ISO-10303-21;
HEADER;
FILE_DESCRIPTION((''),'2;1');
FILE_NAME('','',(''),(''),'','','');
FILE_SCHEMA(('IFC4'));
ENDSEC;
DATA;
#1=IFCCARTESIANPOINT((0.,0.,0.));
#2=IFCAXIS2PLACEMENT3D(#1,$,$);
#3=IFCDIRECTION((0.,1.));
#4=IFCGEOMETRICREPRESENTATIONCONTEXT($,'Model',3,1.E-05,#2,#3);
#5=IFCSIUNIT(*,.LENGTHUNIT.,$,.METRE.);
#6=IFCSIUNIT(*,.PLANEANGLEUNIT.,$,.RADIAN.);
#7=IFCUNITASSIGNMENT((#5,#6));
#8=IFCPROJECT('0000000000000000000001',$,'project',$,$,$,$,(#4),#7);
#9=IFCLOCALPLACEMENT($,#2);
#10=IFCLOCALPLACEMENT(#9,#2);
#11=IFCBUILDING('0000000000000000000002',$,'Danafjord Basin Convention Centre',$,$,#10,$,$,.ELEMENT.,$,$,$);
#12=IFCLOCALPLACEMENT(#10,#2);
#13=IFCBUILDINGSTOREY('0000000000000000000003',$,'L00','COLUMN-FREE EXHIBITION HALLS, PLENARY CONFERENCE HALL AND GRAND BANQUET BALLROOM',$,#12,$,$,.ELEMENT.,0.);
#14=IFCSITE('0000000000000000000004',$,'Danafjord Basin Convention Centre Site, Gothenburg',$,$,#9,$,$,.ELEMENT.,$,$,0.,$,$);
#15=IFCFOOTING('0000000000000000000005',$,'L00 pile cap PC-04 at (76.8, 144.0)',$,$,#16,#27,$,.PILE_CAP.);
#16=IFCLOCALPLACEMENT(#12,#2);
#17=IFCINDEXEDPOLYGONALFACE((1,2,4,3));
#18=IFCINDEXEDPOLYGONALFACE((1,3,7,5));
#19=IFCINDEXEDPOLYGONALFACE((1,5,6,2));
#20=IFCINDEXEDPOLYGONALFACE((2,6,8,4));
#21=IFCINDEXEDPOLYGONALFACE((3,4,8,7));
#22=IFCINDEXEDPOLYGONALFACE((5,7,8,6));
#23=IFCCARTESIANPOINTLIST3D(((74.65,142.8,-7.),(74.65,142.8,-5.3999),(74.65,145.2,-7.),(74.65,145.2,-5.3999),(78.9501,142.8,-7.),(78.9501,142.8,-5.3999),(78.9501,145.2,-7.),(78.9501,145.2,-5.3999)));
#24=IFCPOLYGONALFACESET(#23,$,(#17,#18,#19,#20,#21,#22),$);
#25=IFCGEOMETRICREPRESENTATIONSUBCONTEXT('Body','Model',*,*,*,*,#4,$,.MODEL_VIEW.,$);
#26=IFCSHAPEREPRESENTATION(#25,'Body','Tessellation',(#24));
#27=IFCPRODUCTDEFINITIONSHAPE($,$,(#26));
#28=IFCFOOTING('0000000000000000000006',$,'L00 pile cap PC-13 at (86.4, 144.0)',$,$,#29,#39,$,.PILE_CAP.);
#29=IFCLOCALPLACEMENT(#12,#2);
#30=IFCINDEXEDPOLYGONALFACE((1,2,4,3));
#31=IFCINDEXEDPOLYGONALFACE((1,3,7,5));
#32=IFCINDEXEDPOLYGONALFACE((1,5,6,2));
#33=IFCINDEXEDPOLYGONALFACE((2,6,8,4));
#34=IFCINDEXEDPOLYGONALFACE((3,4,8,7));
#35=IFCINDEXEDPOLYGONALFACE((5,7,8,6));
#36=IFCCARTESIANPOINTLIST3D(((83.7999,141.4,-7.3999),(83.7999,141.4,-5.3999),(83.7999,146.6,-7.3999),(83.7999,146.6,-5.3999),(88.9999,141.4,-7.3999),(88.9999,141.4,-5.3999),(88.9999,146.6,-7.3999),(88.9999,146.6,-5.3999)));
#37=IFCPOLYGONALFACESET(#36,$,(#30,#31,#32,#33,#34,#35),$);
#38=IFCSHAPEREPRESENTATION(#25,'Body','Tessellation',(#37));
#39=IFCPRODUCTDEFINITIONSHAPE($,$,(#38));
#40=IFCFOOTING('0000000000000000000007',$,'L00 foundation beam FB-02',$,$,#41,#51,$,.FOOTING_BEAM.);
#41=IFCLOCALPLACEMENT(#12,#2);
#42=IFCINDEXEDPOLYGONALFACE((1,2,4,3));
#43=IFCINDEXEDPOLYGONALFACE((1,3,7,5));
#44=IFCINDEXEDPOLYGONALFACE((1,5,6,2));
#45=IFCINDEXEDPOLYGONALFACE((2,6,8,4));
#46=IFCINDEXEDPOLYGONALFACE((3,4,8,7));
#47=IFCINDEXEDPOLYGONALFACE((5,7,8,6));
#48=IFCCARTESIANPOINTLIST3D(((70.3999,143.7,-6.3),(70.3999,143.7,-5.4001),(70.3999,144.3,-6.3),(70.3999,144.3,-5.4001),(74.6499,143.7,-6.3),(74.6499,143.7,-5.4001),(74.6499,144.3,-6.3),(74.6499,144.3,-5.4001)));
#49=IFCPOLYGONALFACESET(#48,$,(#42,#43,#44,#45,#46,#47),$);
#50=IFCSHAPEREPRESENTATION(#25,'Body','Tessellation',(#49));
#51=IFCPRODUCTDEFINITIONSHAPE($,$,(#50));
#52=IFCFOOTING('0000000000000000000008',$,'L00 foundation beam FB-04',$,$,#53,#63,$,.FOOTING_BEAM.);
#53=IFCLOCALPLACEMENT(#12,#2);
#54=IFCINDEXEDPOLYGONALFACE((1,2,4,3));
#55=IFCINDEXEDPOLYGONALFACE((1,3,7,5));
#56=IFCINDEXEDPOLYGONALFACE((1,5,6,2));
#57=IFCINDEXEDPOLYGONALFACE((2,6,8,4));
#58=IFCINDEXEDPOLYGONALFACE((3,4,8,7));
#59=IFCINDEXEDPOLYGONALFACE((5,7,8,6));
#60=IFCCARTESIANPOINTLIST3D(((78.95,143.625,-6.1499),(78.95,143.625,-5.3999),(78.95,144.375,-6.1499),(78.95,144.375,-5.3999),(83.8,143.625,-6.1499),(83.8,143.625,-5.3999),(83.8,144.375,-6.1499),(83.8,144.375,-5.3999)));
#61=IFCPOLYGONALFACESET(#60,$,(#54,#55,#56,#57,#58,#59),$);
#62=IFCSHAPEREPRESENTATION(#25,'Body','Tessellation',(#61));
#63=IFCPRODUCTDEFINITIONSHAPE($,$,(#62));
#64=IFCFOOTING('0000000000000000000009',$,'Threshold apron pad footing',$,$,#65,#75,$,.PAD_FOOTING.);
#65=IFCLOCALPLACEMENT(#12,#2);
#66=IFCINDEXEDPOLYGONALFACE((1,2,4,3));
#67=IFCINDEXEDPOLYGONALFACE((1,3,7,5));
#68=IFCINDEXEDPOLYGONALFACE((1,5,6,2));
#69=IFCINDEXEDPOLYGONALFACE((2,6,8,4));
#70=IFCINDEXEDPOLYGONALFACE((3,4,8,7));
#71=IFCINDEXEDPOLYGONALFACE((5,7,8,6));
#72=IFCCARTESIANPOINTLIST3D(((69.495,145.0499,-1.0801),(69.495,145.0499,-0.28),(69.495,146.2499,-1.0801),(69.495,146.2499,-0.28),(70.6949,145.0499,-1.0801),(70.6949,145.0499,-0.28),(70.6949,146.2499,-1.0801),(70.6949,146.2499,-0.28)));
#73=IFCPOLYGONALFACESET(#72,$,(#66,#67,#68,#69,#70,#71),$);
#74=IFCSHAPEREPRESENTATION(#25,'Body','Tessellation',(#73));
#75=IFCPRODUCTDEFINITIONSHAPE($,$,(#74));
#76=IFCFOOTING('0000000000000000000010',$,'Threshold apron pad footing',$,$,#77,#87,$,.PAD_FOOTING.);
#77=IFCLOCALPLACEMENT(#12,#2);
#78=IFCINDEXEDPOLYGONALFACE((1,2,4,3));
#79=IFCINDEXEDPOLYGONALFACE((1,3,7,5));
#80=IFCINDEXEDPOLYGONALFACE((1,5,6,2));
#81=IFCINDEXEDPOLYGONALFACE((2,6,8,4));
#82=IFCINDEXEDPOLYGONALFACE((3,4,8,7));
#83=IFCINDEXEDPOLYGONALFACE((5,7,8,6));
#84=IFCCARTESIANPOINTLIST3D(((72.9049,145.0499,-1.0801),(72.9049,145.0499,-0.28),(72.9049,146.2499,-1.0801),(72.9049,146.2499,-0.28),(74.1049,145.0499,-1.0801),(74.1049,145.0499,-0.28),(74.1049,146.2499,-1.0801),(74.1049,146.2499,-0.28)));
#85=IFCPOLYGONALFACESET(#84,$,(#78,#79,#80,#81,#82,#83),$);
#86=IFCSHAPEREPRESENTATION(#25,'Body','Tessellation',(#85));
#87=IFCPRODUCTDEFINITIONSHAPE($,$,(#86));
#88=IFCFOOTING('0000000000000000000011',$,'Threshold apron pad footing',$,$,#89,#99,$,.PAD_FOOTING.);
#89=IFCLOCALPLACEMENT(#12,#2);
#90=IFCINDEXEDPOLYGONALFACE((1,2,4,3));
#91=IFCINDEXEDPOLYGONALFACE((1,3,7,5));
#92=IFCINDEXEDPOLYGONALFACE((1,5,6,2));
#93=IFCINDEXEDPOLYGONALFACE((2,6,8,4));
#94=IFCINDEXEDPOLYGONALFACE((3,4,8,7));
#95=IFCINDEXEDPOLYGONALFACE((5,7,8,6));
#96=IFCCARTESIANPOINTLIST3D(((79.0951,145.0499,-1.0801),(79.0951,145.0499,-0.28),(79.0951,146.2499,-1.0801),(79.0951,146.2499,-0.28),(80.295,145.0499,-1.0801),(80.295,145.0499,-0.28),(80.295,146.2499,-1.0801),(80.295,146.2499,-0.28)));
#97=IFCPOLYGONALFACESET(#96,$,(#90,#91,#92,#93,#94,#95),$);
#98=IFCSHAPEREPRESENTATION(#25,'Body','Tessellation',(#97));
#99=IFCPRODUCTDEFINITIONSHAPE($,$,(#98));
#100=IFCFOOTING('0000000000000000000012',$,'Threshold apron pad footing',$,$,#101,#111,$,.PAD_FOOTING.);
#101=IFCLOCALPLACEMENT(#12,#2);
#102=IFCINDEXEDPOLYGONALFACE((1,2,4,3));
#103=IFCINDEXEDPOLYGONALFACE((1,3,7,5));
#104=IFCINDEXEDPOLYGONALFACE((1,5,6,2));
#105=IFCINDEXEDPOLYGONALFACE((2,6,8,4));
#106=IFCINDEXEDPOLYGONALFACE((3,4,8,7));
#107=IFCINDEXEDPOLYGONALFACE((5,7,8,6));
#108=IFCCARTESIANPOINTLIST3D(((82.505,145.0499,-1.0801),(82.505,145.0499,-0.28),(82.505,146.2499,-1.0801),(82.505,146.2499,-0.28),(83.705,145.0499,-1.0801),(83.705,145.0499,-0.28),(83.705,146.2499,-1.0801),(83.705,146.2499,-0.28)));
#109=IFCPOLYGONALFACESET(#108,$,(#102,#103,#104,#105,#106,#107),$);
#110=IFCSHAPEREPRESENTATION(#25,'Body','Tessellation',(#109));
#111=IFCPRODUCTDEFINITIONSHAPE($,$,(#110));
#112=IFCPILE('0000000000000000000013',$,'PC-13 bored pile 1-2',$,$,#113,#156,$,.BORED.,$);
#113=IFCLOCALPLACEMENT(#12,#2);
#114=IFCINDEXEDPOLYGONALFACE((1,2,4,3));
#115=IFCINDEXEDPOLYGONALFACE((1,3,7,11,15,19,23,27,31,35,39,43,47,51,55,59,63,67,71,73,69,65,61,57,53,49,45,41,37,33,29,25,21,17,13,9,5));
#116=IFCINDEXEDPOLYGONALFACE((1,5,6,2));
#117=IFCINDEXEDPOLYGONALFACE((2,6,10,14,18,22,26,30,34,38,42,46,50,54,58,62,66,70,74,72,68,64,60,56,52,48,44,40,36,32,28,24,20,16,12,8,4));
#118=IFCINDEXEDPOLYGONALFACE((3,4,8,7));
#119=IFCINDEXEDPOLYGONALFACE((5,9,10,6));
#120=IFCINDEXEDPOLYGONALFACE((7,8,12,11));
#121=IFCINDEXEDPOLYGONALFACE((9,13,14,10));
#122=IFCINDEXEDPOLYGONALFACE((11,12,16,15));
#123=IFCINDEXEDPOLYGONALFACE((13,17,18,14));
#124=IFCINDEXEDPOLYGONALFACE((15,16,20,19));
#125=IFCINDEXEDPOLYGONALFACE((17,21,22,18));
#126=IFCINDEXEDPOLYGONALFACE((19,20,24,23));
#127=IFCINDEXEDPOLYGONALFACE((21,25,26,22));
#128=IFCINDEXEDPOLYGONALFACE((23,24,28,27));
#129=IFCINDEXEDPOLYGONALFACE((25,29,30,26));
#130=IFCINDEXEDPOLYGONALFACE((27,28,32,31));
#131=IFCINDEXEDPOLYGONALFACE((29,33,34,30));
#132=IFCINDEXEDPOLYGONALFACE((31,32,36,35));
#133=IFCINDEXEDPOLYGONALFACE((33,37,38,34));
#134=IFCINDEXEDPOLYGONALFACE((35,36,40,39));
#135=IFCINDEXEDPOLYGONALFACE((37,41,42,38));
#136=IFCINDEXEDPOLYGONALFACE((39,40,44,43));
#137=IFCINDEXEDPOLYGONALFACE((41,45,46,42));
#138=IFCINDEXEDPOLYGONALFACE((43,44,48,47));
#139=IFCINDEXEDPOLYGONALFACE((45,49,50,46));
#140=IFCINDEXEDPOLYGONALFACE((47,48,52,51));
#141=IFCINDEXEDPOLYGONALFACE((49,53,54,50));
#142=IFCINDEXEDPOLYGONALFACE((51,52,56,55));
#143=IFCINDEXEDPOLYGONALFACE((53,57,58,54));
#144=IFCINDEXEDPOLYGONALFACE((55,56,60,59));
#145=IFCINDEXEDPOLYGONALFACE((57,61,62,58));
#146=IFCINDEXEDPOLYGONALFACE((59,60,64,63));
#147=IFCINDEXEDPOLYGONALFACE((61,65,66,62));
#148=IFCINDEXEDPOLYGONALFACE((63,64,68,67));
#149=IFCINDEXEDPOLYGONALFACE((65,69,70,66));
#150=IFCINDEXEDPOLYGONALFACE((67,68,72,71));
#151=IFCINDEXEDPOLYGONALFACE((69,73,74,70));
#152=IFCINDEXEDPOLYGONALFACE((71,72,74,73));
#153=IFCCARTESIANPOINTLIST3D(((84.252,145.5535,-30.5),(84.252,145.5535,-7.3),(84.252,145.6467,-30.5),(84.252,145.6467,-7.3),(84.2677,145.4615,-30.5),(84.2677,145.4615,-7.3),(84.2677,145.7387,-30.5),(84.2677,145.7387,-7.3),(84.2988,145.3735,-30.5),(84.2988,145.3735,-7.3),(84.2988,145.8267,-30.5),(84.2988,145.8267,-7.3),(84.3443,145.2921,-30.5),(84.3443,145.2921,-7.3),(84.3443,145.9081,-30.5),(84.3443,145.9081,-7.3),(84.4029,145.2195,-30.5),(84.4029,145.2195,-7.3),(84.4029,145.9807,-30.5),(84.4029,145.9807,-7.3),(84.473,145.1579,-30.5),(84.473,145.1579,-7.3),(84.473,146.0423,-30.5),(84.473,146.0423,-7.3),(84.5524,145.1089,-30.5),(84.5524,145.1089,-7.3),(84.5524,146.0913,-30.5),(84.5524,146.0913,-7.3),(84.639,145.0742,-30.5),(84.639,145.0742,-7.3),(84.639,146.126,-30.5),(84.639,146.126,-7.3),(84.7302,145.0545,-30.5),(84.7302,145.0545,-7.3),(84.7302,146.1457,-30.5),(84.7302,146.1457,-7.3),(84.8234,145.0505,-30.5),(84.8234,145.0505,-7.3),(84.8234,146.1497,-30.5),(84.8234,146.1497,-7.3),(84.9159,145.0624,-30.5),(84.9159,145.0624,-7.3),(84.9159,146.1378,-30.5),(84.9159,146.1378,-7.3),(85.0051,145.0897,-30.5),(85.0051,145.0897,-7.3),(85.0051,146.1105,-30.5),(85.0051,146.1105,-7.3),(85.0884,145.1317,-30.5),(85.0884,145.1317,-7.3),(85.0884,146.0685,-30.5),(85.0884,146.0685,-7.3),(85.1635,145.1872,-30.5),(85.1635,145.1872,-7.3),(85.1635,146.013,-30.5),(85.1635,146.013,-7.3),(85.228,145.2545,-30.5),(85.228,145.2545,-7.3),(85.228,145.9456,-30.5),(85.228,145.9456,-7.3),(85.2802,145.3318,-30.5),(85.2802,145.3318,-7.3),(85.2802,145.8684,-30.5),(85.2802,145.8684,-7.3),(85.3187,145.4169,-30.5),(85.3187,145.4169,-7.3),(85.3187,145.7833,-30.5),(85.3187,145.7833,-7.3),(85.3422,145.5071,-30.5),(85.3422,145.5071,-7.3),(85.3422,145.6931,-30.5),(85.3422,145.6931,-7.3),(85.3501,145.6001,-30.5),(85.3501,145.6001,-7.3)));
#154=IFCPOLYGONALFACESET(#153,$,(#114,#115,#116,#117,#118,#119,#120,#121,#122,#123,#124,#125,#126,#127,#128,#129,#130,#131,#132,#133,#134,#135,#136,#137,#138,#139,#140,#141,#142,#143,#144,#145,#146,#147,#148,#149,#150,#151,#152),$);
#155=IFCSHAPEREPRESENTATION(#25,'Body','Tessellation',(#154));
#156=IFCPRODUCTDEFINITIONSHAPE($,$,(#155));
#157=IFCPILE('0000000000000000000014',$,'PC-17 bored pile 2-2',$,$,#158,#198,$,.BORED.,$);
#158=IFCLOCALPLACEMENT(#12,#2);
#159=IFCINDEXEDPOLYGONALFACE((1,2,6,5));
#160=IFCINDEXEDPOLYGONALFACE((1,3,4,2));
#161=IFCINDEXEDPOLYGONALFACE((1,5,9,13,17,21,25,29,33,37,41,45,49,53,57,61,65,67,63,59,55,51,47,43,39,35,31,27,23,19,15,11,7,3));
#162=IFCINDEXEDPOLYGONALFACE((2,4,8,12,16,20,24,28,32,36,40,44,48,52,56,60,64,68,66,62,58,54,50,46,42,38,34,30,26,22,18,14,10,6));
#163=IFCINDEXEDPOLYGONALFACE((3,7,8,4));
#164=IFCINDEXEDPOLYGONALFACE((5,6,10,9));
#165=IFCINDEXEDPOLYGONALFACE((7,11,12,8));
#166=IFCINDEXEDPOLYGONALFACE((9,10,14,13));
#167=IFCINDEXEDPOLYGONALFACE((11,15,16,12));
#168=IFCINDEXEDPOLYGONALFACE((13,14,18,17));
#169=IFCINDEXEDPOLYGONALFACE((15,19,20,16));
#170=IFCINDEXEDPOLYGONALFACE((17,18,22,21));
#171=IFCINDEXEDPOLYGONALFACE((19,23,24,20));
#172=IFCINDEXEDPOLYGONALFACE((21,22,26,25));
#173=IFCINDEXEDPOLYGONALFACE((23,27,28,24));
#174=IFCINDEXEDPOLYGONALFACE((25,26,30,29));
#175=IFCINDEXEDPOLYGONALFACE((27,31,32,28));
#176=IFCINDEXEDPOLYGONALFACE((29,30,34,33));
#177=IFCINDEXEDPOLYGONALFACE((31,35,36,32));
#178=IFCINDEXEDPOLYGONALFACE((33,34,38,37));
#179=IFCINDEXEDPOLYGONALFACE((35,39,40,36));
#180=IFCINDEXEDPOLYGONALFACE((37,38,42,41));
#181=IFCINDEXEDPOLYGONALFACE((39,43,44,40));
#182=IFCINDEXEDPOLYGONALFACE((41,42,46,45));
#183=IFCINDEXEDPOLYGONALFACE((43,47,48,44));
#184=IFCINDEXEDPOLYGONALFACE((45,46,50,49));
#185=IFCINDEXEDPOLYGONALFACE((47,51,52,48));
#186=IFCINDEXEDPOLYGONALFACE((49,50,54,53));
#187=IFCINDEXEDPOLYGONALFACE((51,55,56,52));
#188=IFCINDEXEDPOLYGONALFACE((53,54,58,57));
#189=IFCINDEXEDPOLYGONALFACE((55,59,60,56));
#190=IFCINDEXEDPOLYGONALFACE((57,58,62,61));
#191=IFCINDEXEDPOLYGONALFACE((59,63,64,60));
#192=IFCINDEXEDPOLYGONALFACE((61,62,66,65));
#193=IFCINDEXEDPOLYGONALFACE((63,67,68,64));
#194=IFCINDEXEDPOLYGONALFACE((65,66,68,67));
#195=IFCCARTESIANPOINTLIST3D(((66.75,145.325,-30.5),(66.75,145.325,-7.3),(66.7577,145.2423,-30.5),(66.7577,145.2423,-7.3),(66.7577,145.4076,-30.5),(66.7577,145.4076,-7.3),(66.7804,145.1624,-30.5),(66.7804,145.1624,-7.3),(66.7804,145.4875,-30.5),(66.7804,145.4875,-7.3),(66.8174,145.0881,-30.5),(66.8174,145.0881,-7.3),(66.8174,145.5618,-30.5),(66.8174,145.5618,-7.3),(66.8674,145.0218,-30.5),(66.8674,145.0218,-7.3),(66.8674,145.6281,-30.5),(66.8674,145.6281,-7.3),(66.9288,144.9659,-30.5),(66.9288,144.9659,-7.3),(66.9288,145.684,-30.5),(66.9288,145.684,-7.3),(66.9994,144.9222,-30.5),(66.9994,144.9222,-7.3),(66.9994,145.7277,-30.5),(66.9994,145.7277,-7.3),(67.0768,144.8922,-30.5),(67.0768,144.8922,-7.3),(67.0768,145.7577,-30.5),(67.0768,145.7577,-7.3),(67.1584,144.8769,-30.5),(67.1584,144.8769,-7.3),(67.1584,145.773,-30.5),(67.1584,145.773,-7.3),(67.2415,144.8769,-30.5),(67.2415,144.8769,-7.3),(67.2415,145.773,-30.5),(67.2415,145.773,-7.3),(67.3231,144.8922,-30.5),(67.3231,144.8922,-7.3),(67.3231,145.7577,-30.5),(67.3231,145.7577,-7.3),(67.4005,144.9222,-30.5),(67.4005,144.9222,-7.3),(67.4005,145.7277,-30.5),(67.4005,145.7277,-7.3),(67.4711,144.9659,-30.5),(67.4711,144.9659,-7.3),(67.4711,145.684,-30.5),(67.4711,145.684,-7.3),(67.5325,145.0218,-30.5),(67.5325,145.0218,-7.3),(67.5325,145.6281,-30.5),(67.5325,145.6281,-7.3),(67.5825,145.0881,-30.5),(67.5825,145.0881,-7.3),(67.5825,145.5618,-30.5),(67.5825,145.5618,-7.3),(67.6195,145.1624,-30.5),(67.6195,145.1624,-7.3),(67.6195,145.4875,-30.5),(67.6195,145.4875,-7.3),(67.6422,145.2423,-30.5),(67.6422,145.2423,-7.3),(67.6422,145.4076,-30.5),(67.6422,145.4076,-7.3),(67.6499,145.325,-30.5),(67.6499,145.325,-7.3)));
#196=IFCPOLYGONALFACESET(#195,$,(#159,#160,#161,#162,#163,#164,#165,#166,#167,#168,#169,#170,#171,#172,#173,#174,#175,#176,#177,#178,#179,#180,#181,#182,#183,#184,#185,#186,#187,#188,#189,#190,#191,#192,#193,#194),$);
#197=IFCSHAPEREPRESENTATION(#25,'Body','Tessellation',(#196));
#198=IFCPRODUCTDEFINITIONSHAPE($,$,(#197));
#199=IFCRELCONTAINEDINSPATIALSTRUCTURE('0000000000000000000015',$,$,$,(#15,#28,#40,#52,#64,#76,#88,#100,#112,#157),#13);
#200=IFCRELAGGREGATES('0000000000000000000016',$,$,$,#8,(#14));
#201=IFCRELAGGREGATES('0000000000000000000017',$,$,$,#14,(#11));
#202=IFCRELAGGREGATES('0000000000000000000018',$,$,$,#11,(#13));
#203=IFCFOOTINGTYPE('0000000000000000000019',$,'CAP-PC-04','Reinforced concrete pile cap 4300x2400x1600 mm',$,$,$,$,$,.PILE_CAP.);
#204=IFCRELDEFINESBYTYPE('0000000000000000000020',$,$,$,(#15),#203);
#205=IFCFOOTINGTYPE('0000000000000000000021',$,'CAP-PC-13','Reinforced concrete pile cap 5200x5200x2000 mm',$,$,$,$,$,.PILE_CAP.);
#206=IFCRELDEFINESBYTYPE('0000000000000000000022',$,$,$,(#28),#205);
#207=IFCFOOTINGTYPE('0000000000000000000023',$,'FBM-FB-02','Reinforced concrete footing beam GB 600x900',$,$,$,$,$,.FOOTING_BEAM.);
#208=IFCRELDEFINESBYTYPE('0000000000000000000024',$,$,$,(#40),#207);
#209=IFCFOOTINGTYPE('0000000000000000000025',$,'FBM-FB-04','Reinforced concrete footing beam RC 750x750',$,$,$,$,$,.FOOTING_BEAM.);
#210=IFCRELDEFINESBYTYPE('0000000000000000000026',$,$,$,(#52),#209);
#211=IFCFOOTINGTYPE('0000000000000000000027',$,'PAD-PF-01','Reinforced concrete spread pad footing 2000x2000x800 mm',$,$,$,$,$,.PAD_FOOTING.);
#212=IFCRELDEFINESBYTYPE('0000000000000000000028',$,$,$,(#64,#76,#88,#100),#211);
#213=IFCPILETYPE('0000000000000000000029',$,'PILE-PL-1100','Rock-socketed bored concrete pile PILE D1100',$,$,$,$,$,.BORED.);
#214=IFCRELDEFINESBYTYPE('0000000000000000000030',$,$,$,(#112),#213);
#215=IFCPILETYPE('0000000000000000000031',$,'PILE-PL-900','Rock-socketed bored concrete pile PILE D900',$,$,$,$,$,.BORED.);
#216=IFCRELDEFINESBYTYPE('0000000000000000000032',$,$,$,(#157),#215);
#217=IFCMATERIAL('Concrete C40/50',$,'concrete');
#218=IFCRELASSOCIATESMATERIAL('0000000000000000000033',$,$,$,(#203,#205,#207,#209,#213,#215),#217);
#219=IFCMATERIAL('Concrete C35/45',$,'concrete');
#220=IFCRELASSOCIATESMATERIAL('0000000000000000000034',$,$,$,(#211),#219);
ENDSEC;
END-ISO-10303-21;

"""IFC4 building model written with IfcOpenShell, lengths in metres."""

from ifc_helpers import new_model, si_unit, direction, frame, origin, origin_2d, place, context, subcontext, project, spatial, rectangle, circle, extrude, material, material_profile, profile_set, type_object, element, save


model = new_model("IFC4")

# Units and contexts
model_context = context("Model", 3, precision=1e-05, world=origin(), true_north=direction((0.0, 1.0)))
body_context = subcontext(model_context, "Body", "Model", "MODEL_VIEW")
ifc_project = project(units=[si_unit("LENGTHUNIT", "METRE"), si_unit("PLANEANGLEUNIT", "RADIAN")], contexts=[model_context])

# Site, building, storey
site_placement = place(None, origin())
site = spatial("IfcSite", under=ifc_project, at=site_placement, Name="Danafjord Basin Convention Centre Site, Gothenburg", CompositionType="ELEMENT", RefElevation=0.0)
building_placement = place(site_placement, origin())
building = spatial("IfcBuilding", under=site, at=building_placement, Name="Danafjord Basin Convention Centre", CompositionType="ELEMENT")
storey_placement = place(building_placement, origin())
storey = spatial("IfcBuildingStorey", under=building, at=storey_placement, Name="L00", Description="COLUMN-FREE EXHIBITION HALLS, PLENARY CONFERENCE HALL AND GRAND BANQUET BALLROOM", CompositionType="ELEMENT", Elevation=0.0)

# Footings
ifc_material_1 = material(Name="Concrete C40/50", Category="concrete")
footing_type_1 = type_object("IfcFootingType", Name="CAP-PC-04", Description="Reinforced concrete pile cap 4300x2400x1600 mm", PredefinedType="PILE_CAP", material=ifc_material_1)
footing_1_placement = place(storey_placement, frame((76.8, 144.0, -7.0), z_axis=(0.0, 0.0, 1.0), x_axis=(1.0, 0.0, 0.0)))
element("IfcFooting", 1, at=footing_1_placement, inside=storey, type_object=footing_type_1, Name="L00 pile cap PC-04 at (76.8, 144.0)", PredefinedType="PILE_CAP", context=body_context, shape_type="SweptSolid", body=[
    extrude(rectangle(XDim=4.3, YDim=2.3999, at=origin_2d()), origin(), (0.0, 0.0, 1.0), 1.6001),
])
footing_type_2 = type_object("IfcFootingType", Name="CAP-PC-13", Description="Reinforced concrete pile cap 5200x5200x2000 mm", PredefinedType="PILE_CAP", material=ifc_material_1)
footing_2_placement = place(storey_placement, frame((86.3999, 144.0, -7.3999), z_axis=(0.0, 0.0, 1.0), x_axis=(1.0, 0.0, 0.0)))
element("IfcFooting", 2, at=footing_2_placement, inside=storey, type_object=footing_type_2, Name="L00 pile cap PC-13 at (86.4, 144.0)", PredefinedType="PILE_CAP", context=body_context, shape_type="SweptSolid", body=[
    extrude(rectangle(XDim=5.2, YDim=5.2, at=origin_2d()), origin(), (0.0, 0.0, 1.0), 2.0),
])
ifc_material_profile_1 = material_profile(ifc_material_1, rectangle(XDim=0.6001, YDim=0.8999, at=origin_2d()), Name="GB 600x900")
ifc_profile_set_1 = profile_set([ifc_material_profile_1], Name="Concrete C40/50")
footing_type_3 = type_object("IfcFootingType", Name="FBM-FB-02", Description="Reinforced concrete footing beam GB 600x900", PredefinedType="FOOTING_BEAM", material=ifc_profile_set_1)
footing_3_placement = place(storey_placement, frame((70.3999, 144.0, -5.8501), z_axis=(1.0, 0.0, 0.0), x_axis=(0.0, 1.0, 0.0)))
element("IfcFooting", 3, at=footing_3_placement, inside=storey, type_object=footing_type_3, Name="L00 foundation beam FB-02", PredefinedType="FOOTING_BEAM", context=body_context, shape_type="SweptSolid", body=[
    extrude(rectangle(XDim=0.6001, YDim=0.8999, at=origin_2d()), origin(), (0.0, 0.0, 1.0), 4.25),
])
ifc_material_profile_2 = material_profile(ifc_material_1, rectangle(XDim=0.75, YDim=0.75, at=origin_2d()), Name="RC 750x750")
ifc_profile_set_2 = profile_set([ifc_material_profile_2], Name="Concrete C40/50")
footing_type_4 = type_object("IfcFootingType", Name="FBM-FB-04", Description="Reinforced concrete footing beam RC 750x750", PredefinedType="FOOTING_BEAM", material=ifc_profile_set_2)
footing_4_placement = place(storey_placement, frame((78.95, 144.0, -5.7749), z_axis=(1.0, 0.0, 0.0), x_axis=(0.0, 1.0, 0.0)))
element("IfcFooting", 4, at=footing_4_placement, inside=storey, type_object=footing_type_4, Name="L00 foundation beam FB-04", PredefinedType="FOOTING_BEAM", context=body_context, shape_type="SweptSolid", body=[
    extrude(rectangle(XDim=0.75, YDim=0.75, at=origin_2d()), origin(), (0.0, 0.0, 1.0), 4.8501),
])
ifc_material_2 = material(Name="Concrete C35/45", Category="concrete")
footing_type_5 = type_object("IfcFootingType", Name="PAD-PF-01", Description="Reinforced concrete spread pad footing 2000x2000x800 mm", PredefinedType="PAD_FOOTING", material=ifc_material_2)
for number, where, z_axis, x_axis, name in (
    (5, (70.095, 145.6499, -1.0801), (0.0, 0.0, 1.0), (1.0, 0.0, 0.0), "Threshold apron pad footing"),
    (6, (73.5049, 145.6499, -1.0801), (0.0, 0.0, 1.0), (1.0, 0.0, 0.0), "Threshold apron pad footing"),
    (7, (79.6951, 145.6499, -1.0801), (0.0, 0.0, 1.0), (1.0, 0.0, 0.0), "Threshold apron pad footing"),
    (8, (83.105, 145.6499, -1.0801), (0.0, 0.0, 1.0), (1.0, 0.0, 0.0), "Threshold apron pad footing"),
):
    element("IfcFooting", number, at=place(storey_placement, frame(where, z_axis=z_axis, x_axis=x_axis)), inside=storey, type_object=footing_type_5, Name=name, PredefinedType="PAD_FOOTING", context=body_context, shape_type="SweptSolid", body=[
        extrude(rectangle(XDim=1.2, YDim=1.2, at=origin_2d()), origin(), (0.0, 0.0, 1.0), 0.8),
    ])

# Piles
ifc_material_profile_3 = material_profile(ifc_material_1, circle(Radius=0.55, at=origin_2d()), Name="PILE D1100")
ifc_profile_set_3 = profile_set([ifc_material_profile_3], Name="Concrete C40/50")
pile_type_1 = type_object("IfcPileType", Name="PILE-PL-1100", Description="Rock-socketed bored concrete pile PILE D1100", PredefinedType="BORED", material=ifc_profile_set_3)
pile_placement = place(storey_placement, frame((84.8, 145.6001, -7.3), z_axis=(0.0, 0.0, -1.0), x_axis=(1.0, 0.0, 0.0)))
element("IfcPile", 9, at=pile_placement, inside=storey, type_object=pile_type_1, Name="PC-13 bored pile 1-2", PredefinedType="BORED", context=body_context, shape_type="SweptSolid", body=[
    extrude(circle(Radius=0.55, at=origin_2d()), origin(), (0.0, 0.0, 1.0), 23.2),
])
ifc_material_profile_4 = material_profile(ifc_material_1, circle(Radius=0.45, at=origin_2d()), Name="PILE D900")
ifc_profile_set_4 = profile_set([ifc_material_profile_4], Name="Concrete C40/50")
pile_type_2 = type_object("IfcPileType", Name="PILE-PL-900", Description="Rock-socketed bored concrete pile PILE D900", PredefinedType="BORED", material=ifc_profile_set_4)
for number, where, z_axis, x_axis, name in (
    (10, (67.2, 145.325, -7.3), (0.0, 0.0, -1.0), (1.0, 0.0, 0.0), "PC-17 bored pile 2-2"),
):
    element("IfcPile", number, at=place(storey_placement, frame(where, z_axis=z_axis, x_axis=x_axis)), inside=storey, type_object=pile_type_2, Name=name, PredefinedType="BORED", context=body_context, shape_type="SweptSolid", body=[
        extrude(circle(Radius=0.45, at=origin_2d()), origin(), (0.0, 0.0, 1.0), 23.2),
    ])

save(model, "model.ifc")
